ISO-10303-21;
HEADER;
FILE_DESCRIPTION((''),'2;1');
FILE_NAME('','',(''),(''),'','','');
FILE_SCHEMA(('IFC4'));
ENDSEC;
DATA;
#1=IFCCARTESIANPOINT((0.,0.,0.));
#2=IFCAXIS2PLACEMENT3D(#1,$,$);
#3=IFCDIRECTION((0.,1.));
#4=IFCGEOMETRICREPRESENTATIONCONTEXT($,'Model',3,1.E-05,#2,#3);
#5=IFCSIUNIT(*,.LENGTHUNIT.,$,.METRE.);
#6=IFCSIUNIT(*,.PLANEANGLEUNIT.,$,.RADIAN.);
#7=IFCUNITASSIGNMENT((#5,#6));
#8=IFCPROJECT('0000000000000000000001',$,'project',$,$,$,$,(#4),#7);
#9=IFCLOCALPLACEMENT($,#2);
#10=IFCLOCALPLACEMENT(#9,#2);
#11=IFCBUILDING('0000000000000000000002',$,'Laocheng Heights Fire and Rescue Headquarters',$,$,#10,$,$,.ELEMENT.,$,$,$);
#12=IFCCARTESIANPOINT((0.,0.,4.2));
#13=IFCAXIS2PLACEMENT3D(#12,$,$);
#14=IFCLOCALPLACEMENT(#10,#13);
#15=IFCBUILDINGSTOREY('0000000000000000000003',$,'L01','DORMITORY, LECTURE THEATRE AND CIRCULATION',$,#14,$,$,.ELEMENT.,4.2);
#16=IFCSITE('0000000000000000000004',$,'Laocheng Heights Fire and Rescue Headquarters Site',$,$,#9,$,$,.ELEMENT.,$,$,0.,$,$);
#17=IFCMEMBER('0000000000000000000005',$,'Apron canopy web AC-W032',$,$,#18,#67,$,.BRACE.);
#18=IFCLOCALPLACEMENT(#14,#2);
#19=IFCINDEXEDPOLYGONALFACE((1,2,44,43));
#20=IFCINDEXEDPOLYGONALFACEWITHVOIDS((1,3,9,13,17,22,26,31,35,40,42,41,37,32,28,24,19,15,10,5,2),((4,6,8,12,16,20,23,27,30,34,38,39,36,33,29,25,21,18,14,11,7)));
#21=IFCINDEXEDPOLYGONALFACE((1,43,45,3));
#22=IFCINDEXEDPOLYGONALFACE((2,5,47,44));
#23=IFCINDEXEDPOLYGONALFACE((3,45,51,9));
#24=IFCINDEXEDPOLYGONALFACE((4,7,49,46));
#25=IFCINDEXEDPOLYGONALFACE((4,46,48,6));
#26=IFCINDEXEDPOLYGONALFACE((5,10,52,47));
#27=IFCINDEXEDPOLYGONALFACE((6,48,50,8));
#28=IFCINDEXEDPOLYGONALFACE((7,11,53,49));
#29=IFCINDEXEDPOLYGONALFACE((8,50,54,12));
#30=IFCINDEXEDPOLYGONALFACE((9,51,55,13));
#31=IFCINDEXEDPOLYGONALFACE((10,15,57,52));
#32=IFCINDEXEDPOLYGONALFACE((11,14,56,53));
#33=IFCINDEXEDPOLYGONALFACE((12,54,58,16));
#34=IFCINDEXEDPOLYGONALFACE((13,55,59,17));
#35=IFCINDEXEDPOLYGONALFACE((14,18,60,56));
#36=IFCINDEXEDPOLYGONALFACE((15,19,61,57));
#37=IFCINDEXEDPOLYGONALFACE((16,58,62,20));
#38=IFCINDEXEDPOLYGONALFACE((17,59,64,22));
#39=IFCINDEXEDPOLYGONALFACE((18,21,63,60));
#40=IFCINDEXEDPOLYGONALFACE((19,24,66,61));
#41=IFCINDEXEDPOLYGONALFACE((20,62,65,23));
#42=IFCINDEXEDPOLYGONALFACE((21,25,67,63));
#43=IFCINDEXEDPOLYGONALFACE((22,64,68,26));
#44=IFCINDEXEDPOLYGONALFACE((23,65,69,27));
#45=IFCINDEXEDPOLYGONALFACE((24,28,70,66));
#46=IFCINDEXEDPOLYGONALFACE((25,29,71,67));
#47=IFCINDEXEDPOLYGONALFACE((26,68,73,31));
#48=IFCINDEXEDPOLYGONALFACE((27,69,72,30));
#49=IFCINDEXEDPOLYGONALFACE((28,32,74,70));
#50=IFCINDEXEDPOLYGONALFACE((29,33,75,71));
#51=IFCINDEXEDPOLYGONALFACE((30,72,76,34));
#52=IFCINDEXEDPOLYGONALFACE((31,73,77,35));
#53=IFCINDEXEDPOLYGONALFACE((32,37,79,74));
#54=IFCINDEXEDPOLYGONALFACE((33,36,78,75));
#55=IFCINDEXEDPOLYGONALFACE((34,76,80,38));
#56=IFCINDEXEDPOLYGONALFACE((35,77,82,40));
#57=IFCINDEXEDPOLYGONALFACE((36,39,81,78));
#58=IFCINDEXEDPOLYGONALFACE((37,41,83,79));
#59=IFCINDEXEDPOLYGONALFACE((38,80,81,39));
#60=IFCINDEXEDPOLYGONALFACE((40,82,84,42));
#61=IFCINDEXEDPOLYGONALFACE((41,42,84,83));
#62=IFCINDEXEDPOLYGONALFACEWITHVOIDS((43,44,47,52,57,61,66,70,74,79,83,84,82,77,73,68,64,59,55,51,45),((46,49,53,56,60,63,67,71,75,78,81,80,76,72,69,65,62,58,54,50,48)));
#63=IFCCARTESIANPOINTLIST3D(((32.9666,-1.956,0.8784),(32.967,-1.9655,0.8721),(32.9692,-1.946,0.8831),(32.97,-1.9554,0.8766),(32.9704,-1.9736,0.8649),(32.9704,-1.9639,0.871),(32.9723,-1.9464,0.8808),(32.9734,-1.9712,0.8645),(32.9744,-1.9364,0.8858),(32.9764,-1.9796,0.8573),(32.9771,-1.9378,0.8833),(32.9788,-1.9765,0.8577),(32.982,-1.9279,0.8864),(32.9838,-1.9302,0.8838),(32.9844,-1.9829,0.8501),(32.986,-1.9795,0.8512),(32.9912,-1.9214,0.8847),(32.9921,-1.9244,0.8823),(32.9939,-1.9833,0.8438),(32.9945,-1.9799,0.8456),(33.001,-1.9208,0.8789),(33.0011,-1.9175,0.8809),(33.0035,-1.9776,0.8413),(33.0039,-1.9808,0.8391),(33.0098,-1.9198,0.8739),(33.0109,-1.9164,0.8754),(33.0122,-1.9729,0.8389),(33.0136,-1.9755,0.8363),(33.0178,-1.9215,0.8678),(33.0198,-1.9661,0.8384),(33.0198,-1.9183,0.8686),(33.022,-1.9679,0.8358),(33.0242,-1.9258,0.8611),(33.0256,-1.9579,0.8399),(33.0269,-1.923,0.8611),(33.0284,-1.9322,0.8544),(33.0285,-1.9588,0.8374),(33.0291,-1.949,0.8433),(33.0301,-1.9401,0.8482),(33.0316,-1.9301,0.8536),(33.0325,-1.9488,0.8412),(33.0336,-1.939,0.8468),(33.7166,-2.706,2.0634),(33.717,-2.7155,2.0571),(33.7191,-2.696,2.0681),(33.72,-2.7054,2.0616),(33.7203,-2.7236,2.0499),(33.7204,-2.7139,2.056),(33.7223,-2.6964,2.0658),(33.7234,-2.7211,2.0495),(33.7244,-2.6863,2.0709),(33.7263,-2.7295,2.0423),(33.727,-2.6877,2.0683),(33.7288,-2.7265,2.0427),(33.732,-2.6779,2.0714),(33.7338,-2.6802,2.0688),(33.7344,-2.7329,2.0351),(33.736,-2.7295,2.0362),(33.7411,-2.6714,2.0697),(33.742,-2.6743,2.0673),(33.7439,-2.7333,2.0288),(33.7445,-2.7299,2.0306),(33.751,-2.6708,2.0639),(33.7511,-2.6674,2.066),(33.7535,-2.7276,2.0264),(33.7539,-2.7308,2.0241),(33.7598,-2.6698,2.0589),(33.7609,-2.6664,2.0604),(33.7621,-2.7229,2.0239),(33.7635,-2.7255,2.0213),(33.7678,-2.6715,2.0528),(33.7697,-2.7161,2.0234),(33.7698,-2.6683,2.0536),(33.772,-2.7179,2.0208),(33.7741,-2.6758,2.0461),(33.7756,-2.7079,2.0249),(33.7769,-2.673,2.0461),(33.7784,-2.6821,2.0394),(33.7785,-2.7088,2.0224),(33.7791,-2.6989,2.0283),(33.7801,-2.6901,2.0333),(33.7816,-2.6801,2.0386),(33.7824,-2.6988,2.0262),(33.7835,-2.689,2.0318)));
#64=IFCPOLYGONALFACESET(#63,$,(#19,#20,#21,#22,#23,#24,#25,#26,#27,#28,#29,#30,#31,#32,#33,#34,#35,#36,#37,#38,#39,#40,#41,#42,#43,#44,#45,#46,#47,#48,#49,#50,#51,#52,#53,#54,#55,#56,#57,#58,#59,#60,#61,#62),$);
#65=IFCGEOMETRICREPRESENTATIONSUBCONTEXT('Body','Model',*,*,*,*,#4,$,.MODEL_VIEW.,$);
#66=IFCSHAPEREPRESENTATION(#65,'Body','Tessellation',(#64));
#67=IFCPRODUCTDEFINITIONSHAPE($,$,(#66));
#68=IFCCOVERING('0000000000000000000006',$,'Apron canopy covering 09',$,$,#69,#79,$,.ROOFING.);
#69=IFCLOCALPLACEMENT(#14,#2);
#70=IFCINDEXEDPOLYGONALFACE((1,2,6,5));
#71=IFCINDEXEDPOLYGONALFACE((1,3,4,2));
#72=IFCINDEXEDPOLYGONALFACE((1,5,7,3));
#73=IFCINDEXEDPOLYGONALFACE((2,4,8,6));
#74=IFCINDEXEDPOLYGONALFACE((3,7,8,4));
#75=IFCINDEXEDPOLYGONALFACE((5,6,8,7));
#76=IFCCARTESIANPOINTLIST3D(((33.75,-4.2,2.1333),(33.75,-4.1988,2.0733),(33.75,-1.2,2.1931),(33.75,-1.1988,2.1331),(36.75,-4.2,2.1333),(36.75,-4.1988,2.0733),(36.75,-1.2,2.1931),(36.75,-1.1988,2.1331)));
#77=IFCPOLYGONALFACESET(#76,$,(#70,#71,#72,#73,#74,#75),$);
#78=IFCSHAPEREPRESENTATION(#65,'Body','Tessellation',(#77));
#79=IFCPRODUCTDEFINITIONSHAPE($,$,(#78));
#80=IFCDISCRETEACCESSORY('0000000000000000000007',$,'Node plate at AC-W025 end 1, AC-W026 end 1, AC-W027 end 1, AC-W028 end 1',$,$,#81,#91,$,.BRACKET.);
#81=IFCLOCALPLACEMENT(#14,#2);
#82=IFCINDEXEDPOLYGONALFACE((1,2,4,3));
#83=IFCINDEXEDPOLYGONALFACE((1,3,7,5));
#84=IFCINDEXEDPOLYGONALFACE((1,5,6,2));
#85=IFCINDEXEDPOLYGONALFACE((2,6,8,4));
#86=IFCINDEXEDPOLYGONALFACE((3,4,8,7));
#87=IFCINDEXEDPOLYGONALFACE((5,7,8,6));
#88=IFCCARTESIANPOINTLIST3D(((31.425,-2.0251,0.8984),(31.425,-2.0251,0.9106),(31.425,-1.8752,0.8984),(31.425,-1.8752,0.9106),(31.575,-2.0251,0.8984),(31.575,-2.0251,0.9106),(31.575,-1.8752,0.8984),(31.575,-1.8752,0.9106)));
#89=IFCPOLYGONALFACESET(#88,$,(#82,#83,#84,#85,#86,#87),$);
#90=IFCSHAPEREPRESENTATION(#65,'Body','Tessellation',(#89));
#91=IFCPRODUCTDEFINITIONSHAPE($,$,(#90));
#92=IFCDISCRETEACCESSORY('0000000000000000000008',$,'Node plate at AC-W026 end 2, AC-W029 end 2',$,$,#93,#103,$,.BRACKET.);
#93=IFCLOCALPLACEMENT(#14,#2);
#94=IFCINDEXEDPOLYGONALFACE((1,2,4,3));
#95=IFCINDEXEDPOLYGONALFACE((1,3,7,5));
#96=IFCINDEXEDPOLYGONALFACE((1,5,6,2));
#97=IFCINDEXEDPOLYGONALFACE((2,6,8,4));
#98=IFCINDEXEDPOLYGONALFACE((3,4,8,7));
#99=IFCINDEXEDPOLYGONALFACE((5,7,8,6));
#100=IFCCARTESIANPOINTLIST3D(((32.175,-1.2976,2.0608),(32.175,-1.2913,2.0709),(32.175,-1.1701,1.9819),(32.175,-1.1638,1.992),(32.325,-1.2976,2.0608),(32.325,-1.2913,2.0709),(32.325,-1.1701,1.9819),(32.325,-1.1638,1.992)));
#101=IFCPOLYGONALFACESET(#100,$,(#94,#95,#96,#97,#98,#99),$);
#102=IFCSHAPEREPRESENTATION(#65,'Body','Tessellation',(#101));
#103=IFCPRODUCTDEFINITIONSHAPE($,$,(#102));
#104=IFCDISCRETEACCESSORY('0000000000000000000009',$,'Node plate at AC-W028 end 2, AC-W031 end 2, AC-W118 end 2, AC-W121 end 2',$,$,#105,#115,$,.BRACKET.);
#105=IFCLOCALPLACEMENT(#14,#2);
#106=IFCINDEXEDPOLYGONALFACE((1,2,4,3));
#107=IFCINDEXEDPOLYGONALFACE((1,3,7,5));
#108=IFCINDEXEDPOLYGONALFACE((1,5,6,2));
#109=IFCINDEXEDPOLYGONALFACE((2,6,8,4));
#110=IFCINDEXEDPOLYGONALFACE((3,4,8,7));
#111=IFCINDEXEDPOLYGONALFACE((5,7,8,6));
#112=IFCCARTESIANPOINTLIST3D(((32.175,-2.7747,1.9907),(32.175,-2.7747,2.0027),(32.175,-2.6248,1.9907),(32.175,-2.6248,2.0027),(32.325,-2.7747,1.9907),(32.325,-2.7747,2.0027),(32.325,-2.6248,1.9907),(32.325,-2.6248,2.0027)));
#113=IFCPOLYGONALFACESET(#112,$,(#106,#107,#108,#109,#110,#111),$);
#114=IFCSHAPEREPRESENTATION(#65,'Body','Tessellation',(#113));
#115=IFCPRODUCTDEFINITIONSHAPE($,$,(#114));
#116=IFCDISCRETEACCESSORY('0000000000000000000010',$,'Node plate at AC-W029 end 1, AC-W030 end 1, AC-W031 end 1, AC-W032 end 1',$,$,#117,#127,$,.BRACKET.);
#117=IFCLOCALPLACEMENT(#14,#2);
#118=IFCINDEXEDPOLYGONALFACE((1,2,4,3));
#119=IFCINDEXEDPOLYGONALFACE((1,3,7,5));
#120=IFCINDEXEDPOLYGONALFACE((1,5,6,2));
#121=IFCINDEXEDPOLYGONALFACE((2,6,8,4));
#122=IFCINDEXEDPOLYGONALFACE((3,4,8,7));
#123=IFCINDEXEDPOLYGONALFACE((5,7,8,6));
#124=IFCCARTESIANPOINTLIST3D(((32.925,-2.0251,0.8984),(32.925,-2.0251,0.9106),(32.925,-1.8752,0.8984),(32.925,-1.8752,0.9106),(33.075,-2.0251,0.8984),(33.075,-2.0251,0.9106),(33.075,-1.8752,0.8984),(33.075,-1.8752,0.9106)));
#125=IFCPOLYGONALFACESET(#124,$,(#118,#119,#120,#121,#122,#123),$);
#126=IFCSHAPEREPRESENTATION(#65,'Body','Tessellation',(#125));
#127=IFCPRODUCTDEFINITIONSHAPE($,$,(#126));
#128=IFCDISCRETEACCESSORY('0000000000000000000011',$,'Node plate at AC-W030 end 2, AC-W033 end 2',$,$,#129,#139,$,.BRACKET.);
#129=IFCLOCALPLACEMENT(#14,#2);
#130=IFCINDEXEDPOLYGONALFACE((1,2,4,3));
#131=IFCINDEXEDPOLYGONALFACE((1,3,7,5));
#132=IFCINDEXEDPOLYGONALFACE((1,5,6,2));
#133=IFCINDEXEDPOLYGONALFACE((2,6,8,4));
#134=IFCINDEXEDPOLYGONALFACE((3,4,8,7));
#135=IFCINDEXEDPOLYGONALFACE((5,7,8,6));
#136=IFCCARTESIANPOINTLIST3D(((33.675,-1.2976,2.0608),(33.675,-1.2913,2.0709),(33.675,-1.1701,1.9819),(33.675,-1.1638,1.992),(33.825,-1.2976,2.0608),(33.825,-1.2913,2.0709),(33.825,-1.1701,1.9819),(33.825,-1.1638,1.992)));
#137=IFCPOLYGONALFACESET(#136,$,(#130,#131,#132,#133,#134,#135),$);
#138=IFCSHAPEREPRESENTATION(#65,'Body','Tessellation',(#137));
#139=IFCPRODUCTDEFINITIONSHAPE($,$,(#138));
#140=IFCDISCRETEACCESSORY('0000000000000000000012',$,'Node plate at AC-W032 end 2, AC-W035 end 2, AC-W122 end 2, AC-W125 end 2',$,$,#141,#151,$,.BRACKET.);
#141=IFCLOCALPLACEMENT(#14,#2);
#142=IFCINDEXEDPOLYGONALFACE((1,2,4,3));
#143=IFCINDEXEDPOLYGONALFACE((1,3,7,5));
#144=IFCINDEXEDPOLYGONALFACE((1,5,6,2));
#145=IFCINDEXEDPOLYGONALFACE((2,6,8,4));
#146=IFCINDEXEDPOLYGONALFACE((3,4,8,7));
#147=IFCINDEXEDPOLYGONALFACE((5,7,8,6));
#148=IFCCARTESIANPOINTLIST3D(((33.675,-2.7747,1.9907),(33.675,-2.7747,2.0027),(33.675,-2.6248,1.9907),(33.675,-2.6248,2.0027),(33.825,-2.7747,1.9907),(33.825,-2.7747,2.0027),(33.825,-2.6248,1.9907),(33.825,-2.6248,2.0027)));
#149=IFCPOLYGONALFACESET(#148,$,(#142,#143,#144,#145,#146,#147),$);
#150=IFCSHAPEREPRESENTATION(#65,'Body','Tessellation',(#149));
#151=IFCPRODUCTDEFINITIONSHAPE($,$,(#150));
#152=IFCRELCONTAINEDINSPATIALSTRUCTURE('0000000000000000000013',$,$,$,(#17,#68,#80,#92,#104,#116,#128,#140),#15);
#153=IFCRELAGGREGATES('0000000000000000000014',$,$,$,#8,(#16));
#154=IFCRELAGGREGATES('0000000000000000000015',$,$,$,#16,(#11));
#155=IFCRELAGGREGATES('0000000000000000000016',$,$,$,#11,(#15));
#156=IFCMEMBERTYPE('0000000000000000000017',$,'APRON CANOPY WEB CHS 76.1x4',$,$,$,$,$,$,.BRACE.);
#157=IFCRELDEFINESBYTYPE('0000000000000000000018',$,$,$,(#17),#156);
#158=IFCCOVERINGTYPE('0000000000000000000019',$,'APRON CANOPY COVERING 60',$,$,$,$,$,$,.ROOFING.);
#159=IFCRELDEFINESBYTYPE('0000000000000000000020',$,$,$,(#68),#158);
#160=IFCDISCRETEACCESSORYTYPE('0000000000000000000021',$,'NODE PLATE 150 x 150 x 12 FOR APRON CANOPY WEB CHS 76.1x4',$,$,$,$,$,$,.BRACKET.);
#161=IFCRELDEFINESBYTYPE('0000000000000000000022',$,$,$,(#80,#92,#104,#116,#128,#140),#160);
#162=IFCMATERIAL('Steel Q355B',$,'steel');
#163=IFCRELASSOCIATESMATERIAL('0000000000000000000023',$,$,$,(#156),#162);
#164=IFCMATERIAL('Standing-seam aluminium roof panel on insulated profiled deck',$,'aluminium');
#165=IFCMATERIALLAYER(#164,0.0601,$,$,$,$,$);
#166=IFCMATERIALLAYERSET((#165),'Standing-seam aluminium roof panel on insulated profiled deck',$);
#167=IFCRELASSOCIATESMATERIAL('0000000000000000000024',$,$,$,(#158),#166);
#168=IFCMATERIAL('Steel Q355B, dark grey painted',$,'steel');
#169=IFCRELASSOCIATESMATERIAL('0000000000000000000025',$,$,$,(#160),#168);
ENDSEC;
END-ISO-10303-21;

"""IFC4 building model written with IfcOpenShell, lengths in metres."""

from ifc_helpers import new_model, si_unit, direction, frame, origin, origin_2d, place, context, subcontext, project, spatial, polyline, rectangle, hollow_circle, outline, extrude, material, layer, layer_set, material_profile, profile_set, type_object, element, save


model = new_model("IFC4")

# Units and contexts
model_context = context("Model", 3, precision=1e-05, world=origin(), true_north=direction((0.0, 1.0)))
body_context = subcontext(model_context, "Body", "Model", "MODEL_VIEW")
ifc_project = project(units=[si_unit("LENGTHUNIT", "METRE"), si_unit("PLANEANGLEUNIT", "RADIAN")], contexts=[model_context])

# Site, building, storey
site_placement = place(None, origin())
site = spatial("IfcSite", under=ifc_project, at=site_placement, Name="Laocheng Heights Fire and Rescue Headquarters Site", CompositionType="ELEMENT", RefElevation=0.0)
building_placement = place(site_placement, origin())
building = spatial("IfcBuilding", under=site, at=building_placement, Name="Laocheng Heights Fire and Rescue Headquarters", CompositionType="ELEMENT")
storey_placement = place(building_placement, frame((0.0, 0.0, 4.2)))
storey = spatial("IfcBuildingStorey", under=building, at=storey_placement, Name="L01", Description="DORMITORY, LECTURE THEATRE AND CIRCULATION", CompositionType="ELEMENT", Elevation=4.2)

# Member
ifc_material_1 = material(Name="Steel Q355B", Category="steel")
ifc_material_profile_1 = material_profile(ifc_material_1, hollow_circle(Radius=0.0381, WallThickness=0.0039, at=origin_2d()), Name="CHS 76.1x4")
ifc_profile_set_1 = profile_set([ifc_material_profile_1], Name="Steel Q355B")
member_type_1 = type_object("IfcMemberType", Name="APRON CANOPY WEB CHS 76.1x4", PredefinedType="BRACE", material=ifc_profile_set_1)
for number, where, z_axis, x_axis, name in (
    (1, (33.0, -1.95, 0.8611), (0.47158, -0.47158, 0.745134), (0.707107, 0.707107, 0.0), "Apron canopy web AC-W032"),
):
    element("IfcMember", number, at=place(storey_placement, frame(where, z_axis=z_axis, x_axis=x_axis)), inside=storey, type_object=member_type_1, Name=name, PredefinedType="BRACE", context=body_context, shape_type="SweptSolid", body=[
        extrude(hollow_circle(Radius=0.0381, WallThickness=0.0039, at=origin_2d()), origin(), (0.0, 0.0, 1.0), 1.5903),
    ])

# Covering
ifc_material_2 = material(Name="Standing-seam aluminium roof panel on insulated profiled deck", Category="aluminium")
ifc_layer = layer(ifc_material_2, 0.0601)
ifc_layer_set = layer_set([ifc_layer], Name="Standing-seam aluminium roof panel on insulated profiled deck")
covering_type = type_object("IfcCoveringType", Name="APRON CANOPY COVERING 60", PredefinedType="ROOFING", material=ifc_layer_set)
covering_placement = place(storey_placement, frame((33.75, -1.2, 2.1931), z_axis=(0.0, -0.019934, 0.999801), x_axis=(1.0, 0.0, 0.0)))
element("IfcCovering", 2, at=covering_placement, inside=storey, type_object=covering_type, Name="Apron canopy covering 09", PredefinedType="ROOFING", context=body_context, shape_type="SweptSolid", body=[
    extrude(outline(polyline([(0.0, 0.0), (3.0, 0.0), (3.0, -3.0006), (0.0, -3.0006), (0.0, 0.0)])), origin(), (0.0, 0.0, -1.0), 0.0601),
])

# Discrete accessories
ifc_material_3 = material(Name="Steel Q355B, dark grey painted", Category="steel")
ifc_material_profile_2 = material_profile(ifc_material_3, rectangle(XDim=0.1499, YDim=0.1499, at=origin_2d()), Name="NODE PLATE 150 x 150 x 12 FOR APRON CANOPY WEB CHS 76.1x4")
ifc_profile_set_2 = profile_set([ifc_material_profile_2], Name="Steel Q355B, dark grey painted")
discrete_accessory_type = type_object("IfcDiscreteAccessoryType", Name="NODE PLATE 150 x 150 x 12 FOR APRON CANOPY WEB CHS 76.1x4", PredefinedType="BRACKET", material=ifc_profile_set_2)
discrete_accessory_1_placement = place(storey_placement, frame((31.5, -1.9502, 0.8984), z_axis=(0.0, 0.0, 1.0), x_axis=(1.0, 0.0, 0.0)))
element("IfcDiscreteAccessory", 3, at=discrete_accessory_1_placement, inside=storey, type_object=discrete_accessory_type, Name="Node plate at AC-W025 end 1, AC-W026 end 1, AC-W027 end 1, AC-W028 end 1", PredefinedType="BRACKET", context=body_context, shape_type="SweptSolid", body=[
    extrude(rectangle(XDim=0.1499, YDim=0.1499, at=origin_2d()), origin(), (0.0, 0.0, 1.0), 0.0122),
])
for number, where, z_axis, x_axis, name in (
    (4, (32.25, -1.2275, 2.0315), (0.0, -0.526355, -0.850265), (1.0, 0.0, 0.0), "Node plate at AC-W026 end 2, AC-W029 end 2"),
    (5, (32.25, -2.6997, 2.0027), (0.0, 0.0, -1.0), (1.0, 0.0, 0.0), "Node plate at AC-W028 end 2, AC-W031 end 2, AC-W118 end 2, AC-W121 end 2"),
):
    element("IfcDiscreteAccessory", number, at=place(storey_placement, frame(where, z_axis=z_axis, x_axis=x_axis)), inside=storey, type_object=discrete_accessory_type, Name=name, PredefinedType="BRACKET", context=body_context, shape_type="SweptSolid", body=[
        extrude(rectangle(XDim=0.1499, YDim=0.1499, at=origin_2d()), origin(), (0.0, 0.0, 1.0), 0.012),
    ])
discrete_accessory_2_placement = place(storey_placement, frame((33.0, -1.9502, 0.8984), z_axis=(0.0, 0.0, 1.0), x_axis=(1.0, 0.0, 0.0)))
element("IfcDiscreteAccessory", 6, at=discrete_accessory_2_placement, inside=storey, type_object=discrete_accessory_type, Name="Node plate at AC-W029 end 1, AC-W030 end 1, AC-W031 end 1, AC-W032 end 1", PredefinedType="BRACKET", context=body_context, shape_type="SweptSolid", body=[
    extrude(rectangle(XDim=0.1499, YDim=0.1499, at=origin_2d()), origin(), (0.0, 0.0, 1.0), 0.0122),
])
for number, where, z_axis, x_axis, name in (
    (7, (33.75, -1.2275, 2.0315), (0.0, -0.526355, -0.850265), (1.0, 0.0, 0.0), "Node plate at AC-W030 end 2, AC-W033 end 2"),
    (8, (33.75, -2.6997, 2.0027), (0.0, 0.0, -1.0), (1.0, 0.0, 0.0), "Node plate at AC-W032 end 2, AC-W035 end 2, AC-W122 end 2, AC-W125 end 2"),
):
    element("IfcDiscreteAccessory", number, at=place(storey_placement, frame(where, z_axis=z_axis, x_axis=x_axis)), inside=storey, type_object=discrete_accessory_type, Name=name, PredefinedType="BRACKET", context=body_context, shape_type="SweptSolid", body=[
        extrude(rectangle(XDim=0.1499, YDim=0.1499, at=origin_2d()), origin(), (0.0, 0.0, 1.0), 0.012),
    ])

save(model, "model.ifc")
